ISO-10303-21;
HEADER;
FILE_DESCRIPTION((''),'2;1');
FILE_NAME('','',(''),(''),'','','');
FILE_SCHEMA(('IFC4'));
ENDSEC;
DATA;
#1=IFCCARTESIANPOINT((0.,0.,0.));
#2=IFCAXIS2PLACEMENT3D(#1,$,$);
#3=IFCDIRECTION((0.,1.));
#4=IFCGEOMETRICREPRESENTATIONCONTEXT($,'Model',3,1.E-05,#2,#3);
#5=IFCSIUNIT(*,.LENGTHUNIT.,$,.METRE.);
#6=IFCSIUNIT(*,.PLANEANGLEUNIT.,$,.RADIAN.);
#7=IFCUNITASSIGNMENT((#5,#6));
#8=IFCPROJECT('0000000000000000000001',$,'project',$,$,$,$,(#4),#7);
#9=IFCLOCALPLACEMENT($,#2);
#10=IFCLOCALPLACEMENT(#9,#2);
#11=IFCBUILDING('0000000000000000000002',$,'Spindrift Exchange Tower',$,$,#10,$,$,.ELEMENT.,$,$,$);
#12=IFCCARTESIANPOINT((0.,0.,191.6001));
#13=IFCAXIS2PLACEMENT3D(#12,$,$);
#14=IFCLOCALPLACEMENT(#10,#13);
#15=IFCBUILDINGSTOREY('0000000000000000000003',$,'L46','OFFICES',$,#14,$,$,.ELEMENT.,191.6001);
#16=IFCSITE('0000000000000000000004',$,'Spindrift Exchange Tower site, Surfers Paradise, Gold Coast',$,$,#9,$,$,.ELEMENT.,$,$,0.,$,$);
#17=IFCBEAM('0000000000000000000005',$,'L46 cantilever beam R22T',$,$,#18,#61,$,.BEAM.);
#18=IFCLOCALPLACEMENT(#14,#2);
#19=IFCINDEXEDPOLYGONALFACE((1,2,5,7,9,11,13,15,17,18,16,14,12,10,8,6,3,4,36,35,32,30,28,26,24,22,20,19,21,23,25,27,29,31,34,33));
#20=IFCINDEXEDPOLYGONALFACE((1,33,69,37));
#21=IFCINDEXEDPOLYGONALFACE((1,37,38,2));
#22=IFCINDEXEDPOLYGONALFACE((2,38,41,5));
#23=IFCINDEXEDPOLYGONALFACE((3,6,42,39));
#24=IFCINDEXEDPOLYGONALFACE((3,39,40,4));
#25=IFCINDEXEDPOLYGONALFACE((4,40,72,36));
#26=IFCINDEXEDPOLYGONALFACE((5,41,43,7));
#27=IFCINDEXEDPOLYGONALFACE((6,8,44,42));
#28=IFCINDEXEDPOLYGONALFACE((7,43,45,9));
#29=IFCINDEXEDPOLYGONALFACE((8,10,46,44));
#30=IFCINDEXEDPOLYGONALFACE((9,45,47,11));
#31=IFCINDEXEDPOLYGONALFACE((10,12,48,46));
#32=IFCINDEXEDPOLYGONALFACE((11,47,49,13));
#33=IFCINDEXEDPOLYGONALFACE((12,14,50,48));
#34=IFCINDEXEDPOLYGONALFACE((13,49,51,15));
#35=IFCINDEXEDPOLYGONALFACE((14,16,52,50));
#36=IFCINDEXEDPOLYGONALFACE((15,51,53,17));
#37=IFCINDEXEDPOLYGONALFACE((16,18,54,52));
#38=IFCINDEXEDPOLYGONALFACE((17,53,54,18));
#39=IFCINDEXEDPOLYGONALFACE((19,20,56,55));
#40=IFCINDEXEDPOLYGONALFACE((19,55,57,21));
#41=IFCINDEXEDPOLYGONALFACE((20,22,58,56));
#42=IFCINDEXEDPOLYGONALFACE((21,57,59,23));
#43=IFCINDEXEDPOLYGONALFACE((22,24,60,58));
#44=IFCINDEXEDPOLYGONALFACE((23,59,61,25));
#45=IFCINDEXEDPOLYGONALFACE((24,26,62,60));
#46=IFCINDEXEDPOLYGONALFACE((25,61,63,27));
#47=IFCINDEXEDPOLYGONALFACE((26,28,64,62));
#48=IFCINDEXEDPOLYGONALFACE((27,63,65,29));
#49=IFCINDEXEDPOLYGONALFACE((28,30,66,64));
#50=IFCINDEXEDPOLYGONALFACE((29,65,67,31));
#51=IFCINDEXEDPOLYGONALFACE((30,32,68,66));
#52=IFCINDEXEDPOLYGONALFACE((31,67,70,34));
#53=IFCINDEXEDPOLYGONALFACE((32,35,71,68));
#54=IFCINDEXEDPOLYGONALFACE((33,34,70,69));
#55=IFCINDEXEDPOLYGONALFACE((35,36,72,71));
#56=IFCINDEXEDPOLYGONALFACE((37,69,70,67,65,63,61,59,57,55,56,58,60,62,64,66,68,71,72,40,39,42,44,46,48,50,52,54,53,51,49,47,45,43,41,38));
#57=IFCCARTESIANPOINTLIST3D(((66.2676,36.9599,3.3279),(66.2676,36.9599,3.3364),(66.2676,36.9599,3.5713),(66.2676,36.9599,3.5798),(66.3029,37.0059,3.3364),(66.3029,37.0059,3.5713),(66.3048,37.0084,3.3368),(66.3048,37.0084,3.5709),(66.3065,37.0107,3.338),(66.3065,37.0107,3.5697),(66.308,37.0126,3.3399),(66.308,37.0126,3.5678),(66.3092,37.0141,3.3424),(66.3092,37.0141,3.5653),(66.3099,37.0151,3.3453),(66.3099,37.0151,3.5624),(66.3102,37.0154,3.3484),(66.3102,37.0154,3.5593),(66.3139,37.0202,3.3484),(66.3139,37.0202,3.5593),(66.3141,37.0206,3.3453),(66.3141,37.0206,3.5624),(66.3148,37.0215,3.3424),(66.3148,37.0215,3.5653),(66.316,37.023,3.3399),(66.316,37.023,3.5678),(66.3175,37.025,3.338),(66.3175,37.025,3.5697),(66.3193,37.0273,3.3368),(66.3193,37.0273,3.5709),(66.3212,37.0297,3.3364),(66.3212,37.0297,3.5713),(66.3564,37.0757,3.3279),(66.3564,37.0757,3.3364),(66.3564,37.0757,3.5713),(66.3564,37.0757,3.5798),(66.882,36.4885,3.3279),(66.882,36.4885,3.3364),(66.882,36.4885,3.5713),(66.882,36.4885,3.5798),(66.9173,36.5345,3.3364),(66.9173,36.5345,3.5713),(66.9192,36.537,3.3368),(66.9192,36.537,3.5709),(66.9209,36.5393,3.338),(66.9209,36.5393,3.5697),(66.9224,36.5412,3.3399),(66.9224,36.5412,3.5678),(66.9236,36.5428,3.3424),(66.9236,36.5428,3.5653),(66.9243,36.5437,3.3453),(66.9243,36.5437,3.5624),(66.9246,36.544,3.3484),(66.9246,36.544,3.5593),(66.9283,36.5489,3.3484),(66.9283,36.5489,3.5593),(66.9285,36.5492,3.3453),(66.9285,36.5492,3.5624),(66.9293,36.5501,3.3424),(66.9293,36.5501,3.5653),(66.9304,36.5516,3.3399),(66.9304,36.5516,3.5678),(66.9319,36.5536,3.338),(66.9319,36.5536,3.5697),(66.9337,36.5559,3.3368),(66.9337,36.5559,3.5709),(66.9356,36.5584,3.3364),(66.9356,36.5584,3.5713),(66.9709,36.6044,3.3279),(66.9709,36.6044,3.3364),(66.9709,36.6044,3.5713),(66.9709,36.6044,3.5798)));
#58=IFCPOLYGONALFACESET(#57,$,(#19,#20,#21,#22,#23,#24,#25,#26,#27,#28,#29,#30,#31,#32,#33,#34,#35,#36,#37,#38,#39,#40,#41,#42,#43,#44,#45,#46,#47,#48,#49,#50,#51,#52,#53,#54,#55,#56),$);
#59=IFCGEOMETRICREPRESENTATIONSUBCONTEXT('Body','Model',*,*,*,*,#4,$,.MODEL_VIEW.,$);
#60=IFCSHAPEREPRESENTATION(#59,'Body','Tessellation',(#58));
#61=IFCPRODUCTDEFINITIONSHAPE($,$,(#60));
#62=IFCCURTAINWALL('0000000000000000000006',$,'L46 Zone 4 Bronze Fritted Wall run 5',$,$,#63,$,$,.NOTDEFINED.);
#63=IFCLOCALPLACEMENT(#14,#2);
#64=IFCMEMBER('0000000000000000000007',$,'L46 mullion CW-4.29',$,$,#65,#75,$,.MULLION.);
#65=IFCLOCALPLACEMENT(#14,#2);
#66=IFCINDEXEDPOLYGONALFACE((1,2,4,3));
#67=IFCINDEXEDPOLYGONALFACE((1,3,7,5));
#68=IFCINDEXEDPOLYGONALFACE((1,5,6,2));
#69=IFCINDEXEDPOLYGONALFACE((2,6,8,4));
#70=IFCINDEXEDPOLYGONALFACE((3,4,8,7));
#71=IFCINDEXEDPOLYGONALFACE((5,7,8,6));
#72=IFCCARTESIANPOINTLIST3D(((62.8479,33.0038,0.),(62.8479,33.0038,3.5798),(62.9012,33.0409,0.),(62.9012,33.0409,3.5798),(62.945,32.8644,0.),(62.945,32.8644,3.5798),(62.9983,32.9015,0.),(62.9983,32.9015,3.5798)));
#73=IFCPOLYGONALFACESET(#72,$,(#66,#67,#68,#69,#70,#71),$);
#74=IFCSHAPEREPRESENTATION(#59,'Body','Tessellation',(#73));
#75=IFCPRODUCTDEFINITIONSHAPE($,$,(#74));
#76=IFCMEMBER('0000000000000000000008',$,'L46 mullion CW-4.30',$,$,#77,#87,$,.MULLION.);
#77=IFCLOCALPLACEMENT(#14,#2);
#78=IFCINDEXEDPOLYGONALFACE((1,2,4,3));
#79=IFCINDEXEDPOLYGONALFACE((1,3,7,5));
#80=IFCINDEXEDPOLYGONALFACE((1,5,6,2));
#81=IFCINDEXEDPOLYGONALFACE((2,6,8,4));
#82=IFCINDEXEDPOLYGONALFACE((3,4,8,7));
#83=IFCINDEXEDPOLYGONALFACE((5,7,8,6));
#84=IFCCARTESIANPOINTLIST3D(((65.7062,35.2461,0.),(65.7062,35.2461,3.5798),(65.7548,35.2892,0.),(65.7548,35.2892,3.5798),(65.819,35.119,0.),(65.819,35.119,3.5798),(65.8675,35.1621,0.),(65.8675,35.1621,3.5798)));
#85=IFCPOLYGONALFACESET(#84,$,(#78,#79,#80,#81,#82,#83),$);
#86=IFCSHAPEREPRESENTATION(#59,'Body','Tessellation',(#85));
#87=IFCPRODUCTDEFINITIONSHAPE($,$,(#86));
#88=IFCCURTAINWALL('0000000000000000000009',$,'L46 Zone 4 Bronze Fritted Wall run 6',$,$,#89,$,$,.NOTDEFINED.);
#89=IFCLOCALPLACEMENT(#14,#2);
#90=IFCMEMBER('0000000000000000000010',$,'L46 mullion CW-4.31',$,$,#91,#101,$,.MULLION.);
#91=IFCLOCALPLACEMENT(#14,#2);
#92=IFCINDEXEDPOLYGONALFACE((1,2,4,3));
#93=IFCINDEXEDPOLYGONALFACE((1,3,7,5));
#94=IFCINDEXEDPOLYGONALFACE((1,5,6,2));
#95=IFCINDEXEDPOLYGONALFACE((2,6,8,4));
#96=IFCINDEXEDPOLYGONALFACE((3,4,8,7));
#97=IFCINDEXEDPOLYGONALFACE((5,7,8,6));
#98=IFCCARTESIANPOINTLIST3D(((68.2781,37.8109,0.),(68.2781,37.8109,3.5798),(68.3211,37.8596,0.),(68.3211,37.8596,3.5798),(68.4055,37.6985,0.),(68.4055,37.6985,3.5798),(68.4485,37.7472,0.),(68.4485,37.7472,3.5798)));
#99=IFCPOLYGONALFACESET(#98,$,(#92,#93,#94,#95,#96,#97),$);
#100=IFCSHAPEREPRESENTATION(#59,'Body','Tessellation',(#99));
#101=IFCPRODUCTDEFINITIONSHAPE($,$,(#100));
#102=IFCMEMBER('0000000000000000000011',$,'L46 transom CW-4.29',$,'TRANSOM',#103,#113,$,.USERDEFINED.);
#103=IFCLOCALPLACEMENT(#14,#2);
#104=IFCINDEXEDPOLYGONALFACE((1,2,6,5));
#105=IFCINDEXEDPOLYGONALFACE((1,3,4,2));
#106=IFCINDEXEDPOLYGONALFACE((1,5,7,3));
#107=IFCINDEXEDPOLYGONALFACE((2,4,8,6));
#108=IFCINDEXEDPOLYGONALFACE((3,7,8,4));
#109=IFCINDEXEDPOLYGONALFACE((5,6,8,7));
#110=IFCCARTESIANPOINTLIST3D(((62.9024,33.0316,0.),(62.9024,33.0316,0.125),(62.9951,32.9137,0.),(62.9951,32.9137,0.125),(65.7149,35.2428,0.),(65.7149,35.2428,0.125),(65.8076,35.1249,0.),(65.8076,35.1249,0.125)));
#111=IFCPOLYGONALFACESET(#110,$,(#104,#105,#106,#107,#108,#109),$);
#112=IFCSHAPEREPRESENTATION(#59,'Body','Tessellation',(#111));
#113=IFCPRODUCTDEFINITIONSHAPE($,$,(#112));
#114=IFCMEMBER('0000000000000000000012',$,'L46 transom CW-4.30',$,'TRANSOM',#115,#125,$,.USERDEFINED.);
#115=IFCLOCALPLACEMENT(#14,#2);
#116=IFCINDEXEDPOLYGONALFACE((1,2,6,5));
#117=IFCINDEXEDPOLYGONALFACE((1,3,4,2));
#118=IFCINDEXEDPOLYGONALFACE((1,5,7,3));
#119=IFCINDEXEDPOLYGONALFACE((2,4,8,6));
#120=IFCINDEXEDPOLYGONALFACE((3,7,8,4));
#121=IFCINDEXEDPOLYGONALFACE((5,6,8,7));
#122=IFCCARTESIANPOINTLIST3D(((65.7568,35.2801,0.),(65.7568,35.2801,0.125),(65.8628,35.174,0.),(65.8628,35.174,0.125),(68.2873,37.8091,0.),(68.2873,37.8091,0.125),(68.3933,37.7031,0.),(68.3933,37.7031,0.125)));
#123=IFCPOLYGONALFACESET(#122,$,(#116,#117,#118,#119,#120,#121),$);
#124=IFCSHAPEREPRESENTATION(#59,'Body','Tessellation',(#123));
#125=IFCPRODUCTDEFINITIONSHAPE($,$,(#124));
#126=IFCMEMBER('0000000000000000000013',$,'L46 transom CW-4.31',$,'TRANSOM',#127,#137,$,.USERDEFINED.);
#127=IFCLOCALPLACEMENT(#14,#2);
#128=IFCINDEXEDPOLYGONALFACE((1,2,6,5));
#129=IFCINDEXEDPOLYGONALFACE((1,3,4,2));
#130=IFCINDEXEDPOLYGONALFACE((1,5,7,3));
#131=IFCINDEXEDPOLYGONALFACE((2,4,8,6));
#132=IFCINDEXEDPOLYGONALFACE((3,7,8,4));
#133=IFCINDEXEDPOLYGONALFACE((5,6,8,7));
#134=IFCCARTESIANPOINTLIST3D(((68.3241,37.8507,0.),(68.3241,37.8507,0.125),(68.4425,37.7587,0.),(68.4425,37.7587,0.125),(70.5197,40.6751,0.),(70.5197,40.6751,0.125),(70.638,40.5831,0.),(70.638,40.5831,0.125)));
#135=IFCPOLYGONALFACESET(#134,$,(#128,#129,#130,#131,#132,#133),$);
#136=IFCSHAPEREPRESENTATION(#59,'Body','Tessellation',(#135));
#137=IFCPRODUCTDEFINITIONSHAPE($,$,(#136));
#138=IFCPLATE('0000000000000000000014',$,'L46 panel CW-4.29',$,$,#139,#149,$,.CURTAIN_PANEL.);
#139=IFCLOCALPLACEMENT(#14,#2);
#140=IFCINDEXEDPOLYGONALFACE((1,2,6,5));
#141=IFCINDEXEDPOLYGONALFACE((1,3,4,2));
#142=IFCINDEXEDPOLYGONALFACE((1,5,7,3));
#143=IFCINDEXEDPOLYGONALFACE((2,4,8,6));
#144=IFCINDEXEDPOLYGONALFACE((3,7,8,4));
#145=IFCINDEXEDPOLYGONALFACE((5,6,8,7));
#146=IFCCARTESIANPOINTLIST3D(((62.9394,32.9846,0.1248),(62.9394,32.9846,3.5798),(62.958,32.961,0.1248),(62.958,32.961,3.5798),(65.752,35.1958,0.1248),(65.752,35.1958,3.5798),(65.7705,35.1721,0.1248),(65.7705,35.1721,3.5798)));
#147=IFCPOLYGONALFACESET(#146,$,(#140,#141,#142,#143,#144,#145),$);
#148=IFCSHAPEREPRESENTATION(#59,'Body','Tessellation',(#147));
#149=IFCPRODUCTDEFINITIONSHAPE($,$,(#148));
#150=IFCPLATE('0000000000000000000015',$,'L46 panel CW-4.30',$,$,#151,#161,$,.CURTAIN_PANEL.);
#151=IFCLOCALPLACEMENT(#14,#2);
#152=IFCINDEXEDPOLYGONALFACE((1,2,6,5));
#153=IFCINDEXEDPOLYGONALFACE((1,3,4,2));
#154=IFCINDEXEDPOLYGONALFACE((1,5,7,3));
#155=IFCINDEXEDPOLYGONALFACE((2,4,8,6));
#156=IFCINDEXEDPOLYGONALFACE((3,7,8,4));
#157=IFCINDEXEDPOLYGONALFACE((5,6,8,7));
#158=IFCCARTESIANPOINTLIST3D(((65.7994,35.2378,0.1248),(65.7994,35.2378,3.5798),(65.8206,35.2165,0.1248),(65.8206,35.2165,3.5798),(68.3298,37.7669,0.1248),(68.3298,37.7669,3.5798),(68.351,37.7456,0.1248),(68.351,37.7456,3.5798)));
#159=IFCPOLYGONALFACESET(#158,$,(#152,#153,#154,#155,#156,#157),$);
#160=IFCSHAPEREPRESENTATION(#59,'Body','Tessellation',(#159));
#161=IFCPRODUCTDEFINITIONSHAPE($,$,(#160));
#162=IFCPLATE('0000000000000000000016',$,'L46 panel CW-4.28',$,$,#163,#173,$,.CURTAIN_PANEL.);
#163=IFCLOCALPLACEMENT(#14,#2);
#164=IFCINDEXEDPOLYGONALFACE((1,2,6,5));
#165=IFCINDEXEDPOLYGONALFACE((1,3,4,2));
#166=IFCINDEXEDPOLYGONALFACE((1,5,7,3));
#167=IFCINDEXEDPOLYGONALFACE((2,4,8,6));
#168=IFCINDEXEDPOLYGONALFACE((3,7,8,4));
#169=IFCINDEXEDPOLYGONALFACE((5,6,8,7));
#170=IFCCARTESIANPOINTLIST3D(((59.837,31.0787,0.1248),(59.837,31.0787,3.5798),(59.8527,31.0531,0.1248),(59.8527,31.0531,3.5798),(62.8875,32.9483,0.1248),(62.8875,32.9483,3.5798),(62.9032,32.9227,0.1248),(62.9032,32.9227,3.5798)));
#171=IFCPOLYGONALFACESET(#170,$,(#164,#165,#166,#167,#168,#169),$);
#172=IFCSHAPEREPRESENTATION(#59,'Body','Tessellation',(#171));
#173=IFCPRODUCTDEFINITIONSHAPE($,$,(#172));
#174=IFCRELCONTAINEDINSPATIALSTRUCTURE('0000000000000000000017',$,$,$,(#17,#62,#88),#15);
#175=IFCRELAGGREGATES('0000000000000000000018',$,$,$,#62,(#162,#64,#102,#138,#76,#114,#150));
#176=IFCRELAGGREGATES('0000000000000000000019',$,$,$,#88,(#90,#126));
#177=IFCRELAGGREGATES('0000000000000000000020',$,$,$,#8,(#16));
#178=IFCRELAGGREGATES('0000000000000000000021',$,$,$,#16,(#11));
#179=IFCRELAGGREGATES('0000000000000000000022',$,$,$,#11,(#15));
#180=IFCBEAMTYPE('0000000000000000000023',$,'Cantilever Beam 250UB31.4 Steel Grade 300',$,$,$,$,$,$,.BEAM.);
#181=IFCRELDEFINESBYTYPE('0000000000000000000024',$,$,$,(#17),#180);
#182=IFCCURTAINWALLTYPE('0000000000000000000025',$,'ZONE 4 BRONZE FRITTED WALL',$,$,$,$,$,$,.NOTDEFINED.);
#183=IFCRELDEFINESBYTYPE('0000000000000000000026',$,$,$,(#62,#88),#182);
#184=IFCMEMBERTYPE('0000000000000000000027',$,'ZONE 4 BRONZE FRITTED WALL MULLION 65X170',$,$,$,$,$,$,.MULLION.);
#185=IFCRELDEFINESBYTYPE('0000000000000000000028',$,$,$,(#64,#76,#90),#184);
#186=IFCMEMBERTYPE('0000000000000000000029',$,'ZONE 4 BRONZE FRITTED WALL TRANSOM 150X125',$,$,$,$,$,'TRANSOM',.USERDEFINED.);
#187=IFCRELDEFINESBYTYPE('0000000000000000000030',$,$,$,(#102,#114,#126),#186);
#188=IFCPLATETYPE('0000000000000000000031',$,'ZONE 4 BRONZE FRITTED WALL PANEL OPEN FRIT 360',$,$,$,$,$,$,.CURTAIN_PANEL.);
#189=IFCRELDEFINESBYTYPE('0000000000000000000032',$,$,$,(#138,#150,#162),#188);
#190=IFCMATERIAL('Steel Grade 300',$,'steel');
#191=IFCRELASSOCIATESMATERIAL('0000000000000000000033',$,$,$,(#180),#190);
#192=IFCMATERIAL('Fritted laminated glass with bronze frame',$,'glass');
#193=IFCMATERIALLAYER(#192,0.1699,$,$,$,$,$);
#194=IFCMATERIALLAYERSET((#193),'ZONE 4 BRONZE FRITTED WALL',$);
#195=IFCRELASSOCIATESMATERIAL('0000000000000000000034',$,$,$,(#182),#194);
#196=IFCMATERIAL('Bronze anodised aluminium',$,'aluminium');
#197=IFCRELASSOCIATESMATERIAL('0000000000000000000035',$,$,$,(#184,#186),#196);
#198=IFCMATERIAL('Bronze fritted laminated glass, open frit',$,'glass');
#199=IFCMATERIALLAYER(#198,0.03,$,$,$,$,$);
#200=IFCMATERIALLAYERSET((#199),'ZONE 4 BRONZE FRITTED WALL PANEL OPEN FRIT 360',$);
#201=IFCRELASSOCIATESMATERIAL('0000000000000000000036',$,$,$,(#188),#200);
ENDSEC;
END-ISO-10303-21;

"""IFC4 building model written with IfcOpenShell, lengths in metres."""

from ifc_helpers import new_model, si_unit, direction, frame, origin, origin_2d, place, context, subcontext, project, spatial, rectangle, i_section, extrude, source, transform, mapped, material, layer, layer_set, material_profile, profile_set, type_object, element, aggregate, save


model = new_model("IFC4")

# Units and contexts
model_context = context("Model", 3, precision=1e-05, world=origin(), true_north=direction((0.0, 1.0)))
body_context = subcontext(model_context, "Body", "Model", "MODEL_VIEW")
ifc_project = project(units=[si_unit("LENGTHUNIT", "METRE"), si_unit("PLANEANGLEUNIT", "RADIAN")], contexts=[model_context])

# Site, building, storey
site_placement = place(None, origin())
site = spatial("IfcSite", under=ifc_project, at=site_placement, Name="Spindrift Exchange Tower site, Surfers Paradise, Gold Coast", CompositionType="ELEMENT", RefElevation=0.0)
building_placement = place(site_placement, origin())
building = spatial("IfcBuilding", under=site, at=building_placement, Name="Spindrift Exchange Tower", CompositionType="ELEMENT")
storey_placement = place(building_placement, frame((0.0, 0.0, 191.6001)))
storey = spatial("IfcBuildingStorey", under=building, at=storey_placement, Name="L46", Description="OFFICES", CompositionType="ELEMENT", Elevation=191.6001)

# Beam
ifc_material_1 = material(Name="Steel Grade 300", Category="steel")
ifc_material_profile_1 = material_profile(ifc_material_1, i_section(OverallWidth=0.146, OverallDepth=0.252, WebThickness=0.0061, FlangeThickness=0.0085, FilletRadius=0.012, at=origin_2d()), Name="250UB31.4")
ifc_profile_set_1 = profile_set([ifc_material_profile_1], Name="Steel Grade 300")
beam_type_1 = type_object("IfcBeamType", Name="Cantilever Beam 250UB31.4 Steel Grade 300", PredefinedType="BEAM", material=ifc_profile_set_1)
shared_shape_1 = source(origin(), body_context, "Body", "SweptSolid", [
    extrude(i_section(OverallWidth=0.146, OverallDepth=0.252, WebThickness=0.0061, FlangeThickness=0.0085, FilletRadius=0.012, at=origin_2d()), origin(), (0.0, 0.0, 1.0), 0.7744),
])
beam_1_placement = place(storey_placement, frame((66.312, 37.0178, 3.4539), z_axis=(0.793408, -0.60869, 0.0), x_axis=(0.60869, 0.793408, 0.0)))
element("IfcBeam", 1, at=beam_1_placement, inside=storey, type_object=beam_type_1, Name="L46 cantilever beam R22T", PredefinedType="BEAM", context=body_context, shape_type="MappedRepresentation", body=[
    mapped(shared_shape_1, transform((0.0, 0.0, 0.0), scale=1.0)),
])

# Curtain wall, members
ifc_material_2 = material(Name="Fritted laminated glass with bronze frame", Category="glass")
ifc_layer_1 = layer(ifc_material_2, 0.1699)
ifc_layer_set_1 = layer_set([ifc_layer_1], Name="ZONE 4 BRONZE FRITTED WALL")
curtain_wall_type = type_object("IfcCurtainWallType", Name="ZONE 4 BRONZE FRITTED WALL", PredefinedType="NOTDEFINED", material=ifc_layer_set_1)
curtain_wall_1_placement = place(storey_placement, origin())
curtain_wall_1 = element("IfcCurtainWall", 2, at=curtain_wall_1_placement, inside=storey, type_object=curtain_wall_type, Name="L46 Zone 4 Bronze Fritted Wall run 5", PredefinedType="NOTDEFINED")
ifc_material_3 = material(Name="Bronze anodised aluminium", Category="aluminium")
ifc_material_profile_2 = material_profile(ifc_material_3, rectangle(XDim=0.0649, YDim=0.1699, at=origin_2d()), Name="ZONE 4 BRONZE FRITTED WALL MULLION 65X170")
ifc_profile_set_2 = profile_set([ifc_material_profile_2], Name="Bronze anodised aluminium")
member_type_1 = type_object("IfcMemberType", Name="ZONE 4 BRONZE FRITTED WALL MULLION 65X170", PredefinedType="MULLION", material=ifc_profile_set_2)
shared_shape_2 = source(origin(), body_context, "Body", "SweptSolid", [
    extrude(rectangle(XDim=0.0649, YDim=0.1699, at=origin_2d()), origin(), (0.0, 0.0, 1.0), 3.5798),
])
member_1_placement = place(storey_placement, frame((62.9231, 32.9526, 0.0), z_axis=(0.0, 0.0, 1.0), x_axis=(0.820765, 0.571266, 0.0)))
member_1 = element("IfcMember", 3, at=member_1_placement, type_object=member_type_1, Name="L46 mullion CW-4.29", PredefinedType="MULLION", context=body_context, shape_type="MappedRepresentation", body=[
    mapped(shared_shape_2, transform((0.0, 0.0, 0.0), scale=1.0)),
])
member_2_placement = place(storey_placement, frame((65.7869, 35.2041, 0.0), z_axis=(0.0, 0.0, 1.0), x_axis=(0.748033, 0.663662, 0.0)))
member_2 = element("IfcMember", 4, at=member_2_placement, type_object=member_type_1, Name="L46 mullion CW-4.30", PredefinedType="MULLION", context=body_context, shape_type="MappedRepresentation", body=[
    mapped(shared_shape_2, transform((0.0, 0.0, 0.0), scale=1.0)),
])

# Curtain wall, member
curtain_wall_2_placement = place(storey_placement, origin())
curtain_wall_2 = element("IfcCurtainWall", 5, at=curtain_wall_2_placement, inside=storey, type_object=curtain_wall_type, Name="L46 Zone 4 Bronze Fritted Wall run 6", PredefinedType="NOTDEFINED")
member_3_placement = place(storey_placement, frame((68.3633, 37.7791, 0.0), z_axis=(0.0, 0.0, 1.0), x_axis=(0.66181, 0.749672, 0.0)))
member_3 = element("IfcMember", 6, at=member_3_placement, type_object=member_type_1, Name="L46 mullion CW-4.31", PredefinedType="MULLION", context=body_context, shape_type="MappedRepresentation", body=[
    mapped(shared_shape_2, transform((0.0, 0.0, 0.0), scale=1.0)),
])

# Members
ifc_material_profile_3 = material_profile(ifc_material_3, rectangle(XDim=0.1499, YDim=0.125, at=origin_2d()), Name="ZONE 4 BRONZE FRITTED WALL TRANSOM 150X125")
ifc_profile_set_3 = profile_set([ifc_material_profile_3], Name="Bronze anodised aluminium")
member_type_2 = type_object("IfcMemberType", Name="ZONE 4 BRONZE FRITTED WALL TRANSOM 150X125", ElementType="TRANSOM", PredefinedType="USERDEFINED", material=ifc_profile_set_3)
shared_shape_3 = source(origin(), body_context, "Body", "SweptSolid", [
    extrude(rectangle(XDim=0.1499, YDim=0.125, at=origin_2d()), origin(), (0.0, 0.0, 1.0), 3.5776),
])
member_4_placement = place(storey_placement, frame((62.9487, 32.9727, 0.0625), z_axis=(0.786134, 0.618057, 0.0), x_axis=(-0.618057, 0.786134, 0.0)))
member_4 = element("IfcMember", 7, at=member_4_placement, type_object=member_type_2, Name="L46 transom CW-4.29", ObjectType="TRANSOM", PredefinedType="USERDEFINED", context=body_context, shape_type="MappedRepresentation", body=[
    mapped(shared_shape_3, transform((0.0, 0.0, 0.0), scale=1.0)),
])
member_5_placement = place(storey_placement, frame((65.8098, 35.2271, 0.0625), z_axis=(0.707311, 0.706902, 0.0), x_axis=(-0.706902, 0.707311, 0.0)))
member_5 = element("IfcMember", 8, at=member_5_placement, type_object=member_type_2, Name="L46 transom CW-4.30", ObjectType="TRANSOM", PredefinedType="USERDEFINED", context=body_context, shape_type="MappedRepresentation", body=[
    mapped(shared_shape_3, transform((0.0, 0.0, 0.0), scale=1.0)),
])
shared_shape_4 = source(origin(), body_context, "Body", "SweptSolid", [
    extrude(rectangle(XDim=0.1499, YDim=0.125, at=origin_2d()), origin(), (0.0, 0.0, 1.0), 3.5774),
])
member_6_placement = place(storey_placement, frame((68.3833, 37.8047, 0.0625), z_axis=(0.613723, 0.789521, 0.0), x_axis=(-0.789521, 0.613723, 0.0)))
member_6 = element("IfcMember", 9, at=member_6_placement, type_object=member_type_2, Name="L46 transom CW-4.31", ObjectType="TRANSOM", PredefinedType="USERDEFINED", context=body_context, shape_type="MappedRepresentation", body=[
    mapped(shared_shape_4, transform((0.0, 0.0, 0.0), scale=1.0)),
])

# Plates
ifc_material_4 = material(Name="Bronze fritted laminated glass, open frit", Category="glass")
ifc_layer_2 = layer(ifc_material_4, 0.03)
ifc_layer_set_2 = layer_set([ifc_layer_2], Name="ZONE 4 BRONZE FRITTED WALL PANEL OPEN FRIT 360")
plate_type_1 = type_object("IfcPlateType", Name="ZONE 4 BRONZE FRITTED WALL PANEL OPEN FRIT 360", PredefinedType="CURTAIN_PANEL", material=ifc_layer_set_2)
shared_shape_5 = source(origin(), body_context, "Body", "SweptSolid", [
    extrude(rectangle(XDim=3.5776, YDim=0.03, at=origin_2d()), origin(), (0.0, 0.0, 1.0), 3.4551),
])
plate_1_placement = place(storey_placement, frame((64.355, 34.0784, 0.1248), z_axis=(0.0, 0.0, 1.0), x_axis=(0.786139, 0.61805, 0.0)))
plate_1 = element("IfcPlate", 10, at=plate_1_placement, type_object=plate_type_1, Name="L46 panel CW-4.29", PredefinedType="CURTAIN_PANEL", context=body_context, shape_type="MappedRepresentation", body=[
    mapped(shared_shape_5, transform((0.0, 0.0, 0.0), scale=1.0)),
])
plate_2_placement = place(storey_placement, frame((67.0752, 36.4917, 0.1248), z_axis=(0.0, 0.0, 1.0), x_axis=(0.707286, 0.706928, 0.0)))
plate_2 = element("IfcPlate", 11, at=plate_2_placement, type_object=plate_type_1, Name="L46 panel CW-4.30", PredefinedType="CURTAIN_PANEL", context=body_context, shape_type="MappedRepresentation", body=[
    mapped(shared_shape_5, transform((0.0, 0.0, 0.0), scale=1.0)),
])
shared_shape_6 = source(origin(), body_context, "Body", "SweptSolid", [
    extrude(rectangle(XDim=3.5779, YDim=0.03, at=origin_2d()), origin(), (0.0, 0.0, 1.0), 3.4551),
])
plate_3_placement = place(storey_placement, frame((61.3701, 32.0007, 0.1248), z_axis=(0.0, 0.0, 1.0), x_axis=(0.852611, 0.522546, 0.0)))
plate_3 = element("IfcPlate", 12, at=plate_3_placement, type_object=plate_type_1, Name="L46 panel CW-4.28", PredefinedType="CURTAIN_PANEL", context=body_context, shape_type="MappedRepresentation", body=[
    mapped(shared_shape_6, transform((0.0, 0.0, 0.0), scale=1.0)),
])
aggregate(curtain_wall_1, [plate_3, member_1, member_4, plate_1, member_2, member_5, plate_2])
aggregate(curtain_wall_2, [member_3, member_6])

save(model, "model.ifc")
